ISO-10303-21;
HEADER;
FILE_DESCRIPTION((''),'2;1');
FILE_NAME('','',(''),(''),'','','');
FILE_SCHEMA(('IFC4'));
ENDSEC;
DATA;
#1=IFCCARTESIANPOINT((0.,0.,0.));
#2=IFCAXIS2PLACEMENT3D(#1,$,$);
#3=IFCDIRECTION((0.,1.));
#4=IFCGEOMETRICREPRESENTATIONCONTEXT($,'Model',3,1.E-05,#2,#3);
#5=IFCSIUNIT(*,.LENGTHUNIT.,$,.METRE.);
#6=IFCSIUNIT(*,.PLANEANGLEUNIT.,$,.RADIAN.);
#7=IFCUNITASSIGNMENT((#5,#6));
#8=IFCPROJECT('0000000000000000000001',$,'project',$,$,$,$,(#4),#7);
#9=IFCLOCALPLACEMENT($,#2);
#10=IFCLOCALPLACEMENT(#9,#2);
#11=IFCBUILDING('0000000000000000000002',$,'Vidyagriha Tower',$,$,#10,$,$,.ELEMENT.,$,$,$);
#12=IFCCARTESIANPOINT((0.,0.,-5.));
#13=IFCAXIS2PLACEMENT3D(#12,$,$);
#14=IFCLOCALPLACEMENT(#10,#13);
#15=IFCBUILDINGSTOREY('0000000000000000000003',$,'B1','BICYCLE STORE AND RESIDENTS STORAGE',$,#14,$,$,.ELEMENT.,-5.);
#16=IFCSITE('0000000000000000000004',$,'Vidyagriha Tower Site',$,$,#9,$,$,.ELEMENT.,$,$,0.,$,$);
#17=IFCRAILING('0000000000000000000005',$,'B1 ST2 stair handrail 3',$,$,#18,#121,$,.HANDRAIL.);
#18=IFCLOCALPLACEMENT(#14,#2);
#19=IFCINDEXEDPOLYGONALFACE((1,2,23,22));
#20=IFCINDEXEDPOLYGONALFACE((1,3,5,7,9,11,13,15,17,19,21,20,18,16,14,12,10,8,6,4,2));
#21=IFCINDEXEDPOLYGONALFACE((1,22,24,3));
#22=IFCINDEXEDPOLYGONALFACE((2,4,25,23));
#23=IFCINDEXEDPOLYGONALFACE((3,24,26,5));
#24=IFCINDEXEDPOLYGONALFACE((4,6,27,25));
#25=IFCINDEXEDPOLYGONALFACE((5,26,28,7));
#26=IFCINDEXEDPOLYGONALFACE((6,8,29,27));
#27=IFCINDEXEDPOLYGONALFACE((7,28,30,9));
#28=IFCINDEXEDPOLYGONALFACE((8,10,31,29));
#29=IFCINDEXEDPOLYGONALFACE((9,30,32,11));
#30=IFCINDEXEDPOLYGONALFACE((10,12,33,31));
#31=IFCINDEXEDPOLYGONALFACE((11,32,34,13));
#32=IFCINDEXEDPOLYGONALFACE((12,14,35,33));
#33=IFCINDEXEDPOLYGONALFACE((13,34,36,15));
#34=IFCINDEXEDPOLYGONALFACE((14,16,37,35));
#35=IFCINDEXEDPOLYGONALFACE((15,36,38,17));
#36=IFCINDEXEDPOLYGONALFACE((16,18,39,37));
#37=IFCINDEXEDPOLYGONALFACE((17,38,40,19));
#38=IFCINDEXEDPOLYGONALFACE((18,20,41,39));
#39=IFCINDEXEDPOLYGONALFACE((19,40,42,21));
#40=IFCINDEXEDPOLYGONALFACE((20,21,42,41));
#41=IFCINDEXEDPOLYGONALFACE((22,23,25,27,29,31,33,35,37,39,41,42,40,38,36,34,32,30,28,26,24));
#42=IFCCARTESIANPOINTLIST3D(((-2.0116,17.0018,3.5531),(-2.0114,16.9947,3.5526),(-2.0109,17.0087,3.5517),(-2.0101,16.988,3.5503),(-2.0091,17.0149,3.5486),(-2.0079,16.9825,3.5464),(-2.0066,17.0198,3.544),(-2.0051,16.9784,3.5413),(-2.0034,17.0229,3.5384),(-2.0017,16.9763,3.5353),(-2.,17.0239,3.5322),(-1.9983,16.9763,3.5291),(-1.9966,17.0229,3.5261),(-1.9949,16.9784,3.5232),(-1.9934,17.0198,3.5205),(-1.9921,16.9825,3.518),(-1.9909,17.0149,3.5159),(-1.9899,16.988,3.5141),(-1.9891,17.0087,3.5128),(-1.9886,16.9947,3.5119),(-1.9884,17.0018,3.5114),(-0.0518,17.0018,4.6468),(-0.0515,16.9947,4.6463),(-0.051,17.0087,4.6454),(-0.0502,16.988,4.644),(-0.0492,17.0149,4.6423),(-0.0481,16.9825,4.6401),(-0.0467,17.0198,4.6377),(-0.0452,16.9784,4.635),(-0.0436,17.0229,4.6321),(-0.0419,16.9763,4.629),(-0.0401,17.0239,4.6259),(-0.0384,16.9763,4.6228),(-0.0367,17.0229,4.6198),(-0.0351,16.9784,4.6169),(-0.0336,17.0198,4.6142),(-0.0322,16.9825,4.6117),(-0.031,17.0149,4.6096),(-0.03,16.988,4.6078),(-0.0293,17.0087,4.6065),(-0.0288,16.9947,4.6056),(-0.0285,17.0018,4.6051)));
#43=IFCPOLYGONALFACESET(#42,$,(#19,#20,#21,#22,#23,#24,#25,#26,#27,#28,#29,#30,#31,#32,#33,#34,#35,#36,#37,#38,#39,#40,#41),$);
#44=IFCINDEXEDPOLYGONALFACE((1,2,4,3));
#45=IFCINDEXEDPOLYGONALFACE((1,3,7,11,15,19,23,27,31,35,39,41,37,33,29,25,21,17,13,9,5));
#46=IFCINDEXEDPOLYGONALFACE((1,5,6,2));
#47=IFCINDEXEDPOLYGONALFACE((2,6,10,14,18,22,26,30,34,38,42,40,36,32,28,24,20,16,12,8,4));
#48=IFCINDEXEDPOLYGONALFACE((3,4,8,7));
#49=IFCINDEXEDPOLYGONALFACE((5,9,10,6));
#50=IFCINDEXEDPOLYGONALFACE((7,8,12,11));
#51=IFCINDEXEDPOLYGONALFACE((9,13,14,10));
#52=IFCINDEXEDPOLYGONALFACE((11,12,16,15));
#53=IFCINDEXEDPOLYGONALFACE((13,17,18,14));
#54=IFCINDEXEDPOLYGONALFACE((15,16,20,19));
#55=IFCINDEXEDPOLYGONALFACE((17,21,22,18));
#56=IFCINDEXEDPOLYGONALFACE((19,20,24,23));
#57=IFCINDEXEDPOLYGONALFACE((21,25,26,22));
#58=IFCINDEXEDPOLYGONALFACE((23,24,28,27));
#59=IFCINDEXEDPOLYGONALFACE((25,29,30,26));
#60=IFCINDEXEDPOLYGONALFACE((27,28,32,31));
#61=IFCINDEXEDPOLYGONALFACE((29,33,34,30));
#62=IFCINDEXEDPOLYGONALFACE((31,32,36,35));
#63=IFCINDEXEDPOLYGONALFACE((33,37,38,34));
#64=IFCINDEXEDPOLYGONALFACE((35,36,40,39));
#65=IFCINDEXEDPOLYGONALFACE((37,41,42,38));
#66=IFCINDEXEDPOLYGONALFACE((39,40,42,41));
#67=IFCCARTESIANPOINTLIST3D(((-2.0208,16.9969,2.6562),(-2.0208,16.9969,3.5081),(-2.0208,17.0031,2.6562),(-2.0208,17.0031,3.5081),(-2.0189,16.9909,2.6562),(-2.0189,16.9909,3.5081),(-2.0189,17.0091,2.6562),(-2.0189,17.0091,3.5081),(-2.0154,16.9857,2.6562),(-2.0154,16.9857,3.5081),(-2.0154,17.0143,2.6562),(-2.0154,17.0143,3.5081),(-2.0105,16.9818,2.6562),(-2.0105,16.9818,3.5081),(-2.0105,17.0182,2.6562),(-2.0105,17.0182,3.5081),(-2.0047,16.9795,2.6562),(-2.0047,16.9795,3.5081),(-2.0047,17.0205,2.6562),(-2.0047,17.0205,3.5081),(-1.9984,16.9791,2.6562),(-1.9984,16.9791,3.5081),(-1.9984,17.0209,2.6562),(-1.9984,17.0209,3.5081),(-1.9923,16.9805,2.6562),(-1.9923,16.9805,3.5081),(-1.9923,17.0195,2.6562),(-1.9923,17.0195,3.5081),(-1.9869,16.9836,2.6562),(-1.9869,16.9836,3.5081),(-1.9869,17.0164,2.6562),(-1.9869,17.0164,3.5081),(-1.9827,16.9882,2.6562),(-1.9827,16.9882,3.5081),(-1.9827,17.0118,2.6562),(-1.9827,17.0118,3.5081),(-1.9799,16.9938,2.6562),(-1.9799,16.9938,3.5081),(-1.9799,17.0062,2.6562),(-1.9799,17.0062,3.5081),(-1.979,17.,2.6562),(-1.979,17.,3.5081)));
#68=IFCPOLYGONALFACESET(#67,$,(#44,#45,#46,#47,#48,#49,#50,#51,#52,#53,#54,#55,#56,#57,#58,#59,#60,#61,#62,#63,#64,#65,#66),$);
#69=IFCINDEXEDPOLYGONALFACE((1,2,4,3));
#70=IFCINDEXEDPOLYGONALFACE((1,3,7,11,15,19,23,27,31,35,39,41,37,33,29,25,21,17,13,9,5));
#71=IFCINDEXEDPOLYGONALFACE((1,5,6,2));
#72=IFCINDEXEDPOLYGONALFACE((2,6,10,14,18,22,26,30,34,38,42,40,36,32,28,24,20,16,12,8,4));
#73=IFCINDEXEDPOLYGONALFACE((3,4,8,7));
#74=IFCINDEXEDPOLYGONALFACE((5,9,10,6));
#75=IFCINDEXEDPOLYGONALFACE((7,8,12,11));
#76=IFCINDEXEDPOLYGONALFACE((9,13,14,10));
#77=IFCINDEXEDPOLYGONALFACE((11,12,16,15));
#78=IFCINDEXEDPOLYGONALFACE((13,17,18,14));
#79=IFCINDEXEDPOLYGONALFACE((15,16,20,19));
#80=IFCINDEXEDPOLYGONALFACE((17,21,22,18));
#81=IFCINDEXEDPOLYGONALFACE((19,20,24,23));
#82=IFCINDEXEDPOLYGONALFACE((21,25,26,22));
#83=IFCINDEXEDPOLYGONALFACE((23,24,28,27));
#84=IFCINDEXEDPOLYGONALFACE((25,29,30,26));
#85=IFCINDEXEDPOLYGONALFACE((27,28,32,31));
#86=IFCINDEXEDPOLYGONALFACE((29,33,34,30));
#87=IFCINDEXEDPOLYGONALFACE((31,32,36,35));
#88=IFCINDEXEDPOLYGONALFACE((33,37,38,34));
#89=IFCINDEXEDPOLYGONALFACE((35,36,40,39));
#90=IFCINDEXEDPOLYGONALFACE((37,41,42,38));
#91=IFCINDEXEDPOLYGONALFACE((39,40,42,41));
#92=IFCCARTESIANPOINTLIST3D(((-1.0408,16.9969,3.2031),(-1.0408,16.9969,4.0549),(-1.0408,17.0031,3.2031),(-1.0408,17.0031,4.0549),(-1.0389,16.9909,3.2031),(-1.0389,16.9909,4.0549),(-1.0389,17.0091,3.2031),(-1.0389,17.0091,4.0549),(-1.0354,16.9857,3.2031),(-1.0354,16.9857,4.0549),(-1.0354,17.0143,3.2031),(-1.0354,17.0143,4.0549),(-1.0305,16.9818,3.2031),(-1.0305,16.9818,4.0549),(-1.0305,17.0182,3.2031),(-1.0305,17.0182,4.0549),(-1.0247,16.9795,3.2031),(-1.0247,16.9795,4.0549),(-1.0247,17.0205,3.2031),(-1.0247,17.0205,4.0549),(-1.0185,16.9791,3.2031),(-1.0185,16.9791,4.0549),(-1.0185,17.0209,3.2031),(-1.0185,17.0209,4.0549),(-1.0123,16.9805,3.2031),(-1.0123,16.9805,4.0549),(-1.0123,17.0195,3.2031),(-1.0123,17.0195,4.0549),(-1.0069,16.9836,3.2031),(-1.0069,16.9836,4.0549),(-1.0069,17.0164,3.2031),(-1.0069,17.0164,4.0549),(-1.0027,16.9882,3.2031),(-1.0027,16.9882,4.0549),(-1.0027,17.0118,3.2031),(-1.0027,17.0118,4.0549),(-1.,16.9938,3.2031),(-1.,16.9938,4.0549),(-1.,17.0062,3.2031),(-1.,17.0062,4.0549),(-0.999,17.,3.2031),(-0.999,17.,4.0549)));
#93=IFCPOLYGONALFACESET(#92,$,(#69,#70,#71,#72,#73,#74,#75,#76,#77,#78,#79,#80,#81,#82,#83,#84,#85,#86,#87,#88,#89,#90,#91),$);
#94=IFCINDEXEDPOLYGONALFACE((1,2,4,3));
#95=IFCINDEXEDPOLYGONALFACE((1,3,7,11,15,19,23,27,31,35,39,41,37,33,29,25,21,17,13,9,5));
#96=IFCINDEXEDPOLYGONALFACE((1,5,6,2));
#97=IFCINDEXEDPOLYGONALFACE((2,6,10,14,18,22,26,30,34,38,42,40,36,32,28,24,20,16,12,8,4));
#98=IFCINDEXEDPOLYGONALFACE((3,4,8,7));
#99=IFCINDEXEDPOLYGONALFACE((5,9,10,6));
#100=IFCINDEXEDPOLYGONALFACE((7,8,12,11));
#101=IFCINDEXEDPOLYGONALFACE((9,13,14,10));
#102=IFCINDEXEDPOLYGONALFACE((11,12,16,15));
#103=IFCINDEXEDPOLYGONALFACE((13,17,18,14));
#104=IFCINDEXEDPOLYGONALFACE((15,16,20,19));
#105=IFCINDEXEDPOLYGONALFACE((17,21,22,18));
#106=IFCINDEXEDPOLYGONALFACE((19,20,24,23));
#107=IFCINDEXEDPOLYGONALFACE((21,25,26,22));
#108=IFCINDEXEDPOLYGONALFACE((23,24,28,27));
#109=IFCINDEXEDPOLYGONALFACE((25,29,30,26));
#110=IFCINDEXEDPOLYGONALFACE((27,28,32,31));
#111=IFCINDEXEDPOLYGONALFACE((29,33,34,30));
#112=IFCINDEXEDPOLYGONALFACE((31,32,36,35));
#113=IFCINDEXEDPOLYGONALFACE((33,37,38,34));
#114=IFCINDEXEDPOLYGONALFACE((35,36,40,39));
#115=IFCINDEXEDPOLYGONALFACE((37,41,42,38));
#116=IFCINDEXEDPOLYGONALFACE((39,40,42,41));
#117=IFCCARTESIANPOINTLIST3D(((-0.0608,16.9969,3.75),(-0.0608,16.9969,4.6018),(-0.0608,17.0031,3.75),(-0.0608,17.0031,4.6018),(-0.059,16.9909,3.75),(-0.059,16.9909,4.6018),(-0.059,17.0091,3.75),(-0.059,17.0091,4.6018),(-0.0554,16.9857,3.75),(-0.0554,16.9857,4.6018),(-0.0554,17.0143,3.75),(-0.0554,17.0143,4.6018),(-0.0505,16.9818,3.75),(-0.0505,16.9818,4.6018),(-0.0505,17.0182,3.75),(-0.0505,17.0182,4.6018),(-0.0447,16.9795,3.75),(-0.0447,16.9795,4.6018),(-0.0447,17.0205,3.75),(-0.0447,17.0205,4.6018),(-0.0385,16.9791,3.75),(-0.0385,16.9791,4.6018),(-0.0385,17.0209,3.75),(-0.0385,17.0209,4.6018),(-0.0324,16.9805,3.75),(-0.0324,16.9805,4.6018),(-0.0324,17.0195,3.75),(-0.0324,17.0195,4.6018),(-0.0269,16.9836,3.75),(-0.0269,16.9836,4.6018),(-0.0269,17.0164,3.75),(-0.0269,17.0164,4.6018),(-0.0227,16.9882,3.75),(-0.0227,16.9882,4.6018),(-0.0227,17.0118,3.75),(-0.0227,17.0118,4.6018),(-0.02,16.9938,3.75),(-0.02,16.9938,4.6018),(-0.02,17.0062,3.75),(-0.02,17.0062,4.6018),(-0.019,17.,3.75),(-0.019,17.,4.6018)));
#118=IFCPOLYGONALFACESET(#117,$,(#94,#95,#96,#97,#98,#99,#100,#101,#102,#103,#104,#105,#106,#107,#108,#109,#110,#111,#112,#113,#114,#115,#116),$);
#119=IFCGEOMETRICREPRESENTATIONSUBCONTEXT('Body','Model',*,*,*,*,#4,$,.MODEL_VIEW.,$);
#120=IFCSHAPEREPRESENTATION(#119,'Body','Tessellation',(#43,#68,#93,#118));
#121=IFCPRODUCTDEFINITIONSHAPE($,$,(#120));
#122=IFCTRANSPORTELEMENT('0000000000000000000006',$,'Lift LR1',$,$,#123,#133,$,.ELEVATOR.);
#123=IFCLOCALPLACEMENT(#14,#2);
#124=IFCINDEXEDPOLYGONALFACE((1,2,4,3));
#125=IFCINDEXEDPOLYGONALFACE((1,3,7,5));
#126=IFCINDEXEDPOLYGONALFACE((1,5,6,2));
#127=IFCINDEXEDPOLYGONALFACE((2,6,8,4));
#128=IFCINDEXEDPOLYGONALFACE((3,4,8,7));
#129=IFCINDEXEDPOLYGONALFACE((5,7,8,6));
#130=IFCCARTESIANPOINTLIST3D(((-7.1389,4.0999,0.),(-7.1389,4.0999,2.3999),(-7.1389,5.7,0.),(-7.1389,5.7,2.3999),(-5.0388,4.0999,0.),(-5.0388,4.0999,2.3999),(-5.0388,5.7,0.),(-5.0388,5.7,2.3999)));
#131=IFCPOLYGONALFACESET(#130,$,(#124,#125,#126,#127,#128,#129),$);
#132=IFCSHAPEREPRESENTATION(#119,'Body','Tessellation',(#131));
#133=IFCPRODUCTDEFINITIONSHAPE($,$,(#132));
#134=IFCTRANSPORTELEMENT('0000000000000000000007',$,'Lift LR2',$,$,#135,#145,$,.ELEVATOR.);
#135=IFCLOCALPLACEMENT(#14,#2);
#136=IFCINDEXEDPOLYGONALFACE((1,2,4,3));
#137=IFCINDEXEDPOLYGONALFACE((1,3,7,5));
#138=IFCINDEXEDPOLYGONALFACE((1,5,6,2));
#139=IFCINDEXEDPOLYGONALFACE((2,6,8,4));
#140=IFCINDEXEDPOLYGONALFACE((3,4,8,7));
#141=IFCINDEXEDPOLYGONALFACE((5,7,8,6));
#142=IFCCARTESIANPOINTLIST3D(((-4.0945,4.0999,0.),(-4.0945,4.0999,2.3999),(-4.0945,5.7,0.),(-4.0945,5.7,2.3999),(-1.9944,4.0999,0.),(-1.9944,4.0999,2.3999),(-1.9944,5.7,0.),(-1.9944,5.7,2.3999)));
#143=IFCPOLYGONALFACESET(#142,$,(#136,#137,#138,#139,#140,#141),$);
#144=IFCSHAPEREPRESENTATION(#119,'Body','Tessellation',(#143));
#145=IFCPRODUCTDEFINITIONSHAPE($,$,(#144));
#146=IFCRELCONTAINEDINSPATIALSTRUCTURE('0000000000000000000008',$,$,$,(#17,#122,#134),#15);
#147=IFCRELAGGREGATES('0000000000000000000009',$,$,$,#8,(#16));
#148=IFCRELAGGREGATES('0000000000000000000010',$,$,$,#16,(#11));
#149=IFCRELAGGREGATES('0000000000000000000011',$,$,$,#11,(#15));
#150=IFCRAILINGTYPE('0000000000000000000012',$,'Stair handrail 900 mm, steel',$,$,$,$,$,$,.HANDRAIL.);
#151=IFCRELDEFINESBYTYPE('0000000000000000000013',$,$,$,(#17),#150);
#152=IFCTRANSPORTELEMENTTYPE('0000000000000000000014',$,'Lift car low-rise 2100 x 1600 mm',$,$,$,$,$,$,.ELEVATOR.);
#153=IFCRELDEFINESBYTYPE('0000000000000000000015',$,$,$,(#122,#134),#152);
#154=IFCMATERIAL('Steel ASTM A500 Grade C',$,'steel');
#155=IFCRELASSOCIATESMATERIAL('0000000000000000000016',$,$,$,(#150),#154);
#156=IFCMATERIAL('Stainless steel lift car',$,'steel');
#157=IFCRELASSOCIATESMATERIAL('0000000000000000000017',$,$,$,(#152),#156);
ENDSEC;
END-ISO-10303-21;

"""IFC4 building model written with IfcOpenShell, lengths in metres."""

from ifc_helpers import new_model, si_unit, direction, frame, origin, origin_2d, place, context, subcontext, project, spatial, rectangle, circle, extrude, material, type_object, element, save


model = new_model("IFC4")

# Units and contexts
model_context = context("Model", 3, precision=1e-05, world=origin(), true_north=direction((0.0, 1.0)))
body_context = subcontext(model_context, "Body", "Model", "MODEL_VIEW")
ifc_project = project(units=[si_unit("LENGTHUNIT", "METRE"), si_unit("PLANEANGLEUNIT", "RADIAN")], contexts=[model_context])

# Site, building, storey
site_placement = place(None, origin())
site = spatial("IfcSite", under=ifc_project, at=site_placement, Name="Vidyagriha Tower Site", CompositionType="ELEMENT", RefElevation=0.0)
building_placement = place(site_placement, origin())
building = spatial("IfcBuilding", under=site, at=building_placement, Name="Vidyagriha Tower", CompositionType="ELEMENT")
storey_placement = place(building_placement, frame((0.0, 0.0, -5.0)))
storey = spatial("IfcBuildingStorey", under=building, at=storey_placement, Name="B1", Description="BICYCLE STORE AND RESIDENTS STORAGE", CompositionType="ELEMENT", Elevation=-5.0)

# Railing
ifc_material_1 = material(Name="Steel ASTM A500 Grade C", Category="steel")
railing_type = type_object("IfcRailingType", Name="Stair handrail 900 mm, steel", PredefinedType="HANDRAIL", material=ifc_material_1)
for number, where, name in (
    (1, (-2.0, 17.0, 2.6562), "B1 ST2 stair handrail 3"),
):
    element("IfcRailing", number, at=place(storey_placement, frame(where)), inside=storey, type_object=railing_type, Name=name, PredefinedType="HANDRAIL", context=body_context, shape_type="SweptSolid", body=[
        extrude(circle(Radius=0.0239, at=origin_2d()), frame((0.0, 0.0, 0.876), z_axis=(0.873232, 0.0, 0.487304), x_axis=(0.0, 1.0, 0.0)), (0.0, 0.0, 1.0), 2.2444),
        extrude(circle(Radius=0.021, at=origin_2d()), origin(), (0.0, 0.0, 1.0), 0.8518),
        extrude(circle(Radius=0.021, at=origin_2d()), frame((0.98, 0.0, 0.5469)), (0.0, 0.0, 1.0), 0.8518),
        extrude(circle(Radius=0.021, at=origin_2d()), frame((1.96, 0.0, 1.0938)), (0.0, 0.0, 1.0), 0.8518),
    ])

# Transport elements
ifc_material_2 = material(Name="Stainless steel lift car", Category="steel")
transport_element_type = type_object("IfcTransportElementType", Name="Lift car low-rise 2100 x 1600 mm", PredefinedType="ELEVATOR", material=ifc_material_2)
for number, where, name in (
    (2, (-6.0889, 4.8999, 0.0), "Lift LR1"),
    (3, (-3.0444, 4.8999, 0.0), "Lift LR2"),
):
    element("IfcTransportElement", number, at=place(storey_placement, frame(where)), inside=storey, type_object=transport_element_type, Name=name, PredefinedType="ELEVATOR", context=body_context, shape_type="SweptSolid", body=[
        extrude(rectangle(XDim=2.1001, YDim=1.6001, at=origin_2d()), origin(), (0.0, 0.0, 1.0), 2.3999),
    ])

save(model, "model.ifc")
